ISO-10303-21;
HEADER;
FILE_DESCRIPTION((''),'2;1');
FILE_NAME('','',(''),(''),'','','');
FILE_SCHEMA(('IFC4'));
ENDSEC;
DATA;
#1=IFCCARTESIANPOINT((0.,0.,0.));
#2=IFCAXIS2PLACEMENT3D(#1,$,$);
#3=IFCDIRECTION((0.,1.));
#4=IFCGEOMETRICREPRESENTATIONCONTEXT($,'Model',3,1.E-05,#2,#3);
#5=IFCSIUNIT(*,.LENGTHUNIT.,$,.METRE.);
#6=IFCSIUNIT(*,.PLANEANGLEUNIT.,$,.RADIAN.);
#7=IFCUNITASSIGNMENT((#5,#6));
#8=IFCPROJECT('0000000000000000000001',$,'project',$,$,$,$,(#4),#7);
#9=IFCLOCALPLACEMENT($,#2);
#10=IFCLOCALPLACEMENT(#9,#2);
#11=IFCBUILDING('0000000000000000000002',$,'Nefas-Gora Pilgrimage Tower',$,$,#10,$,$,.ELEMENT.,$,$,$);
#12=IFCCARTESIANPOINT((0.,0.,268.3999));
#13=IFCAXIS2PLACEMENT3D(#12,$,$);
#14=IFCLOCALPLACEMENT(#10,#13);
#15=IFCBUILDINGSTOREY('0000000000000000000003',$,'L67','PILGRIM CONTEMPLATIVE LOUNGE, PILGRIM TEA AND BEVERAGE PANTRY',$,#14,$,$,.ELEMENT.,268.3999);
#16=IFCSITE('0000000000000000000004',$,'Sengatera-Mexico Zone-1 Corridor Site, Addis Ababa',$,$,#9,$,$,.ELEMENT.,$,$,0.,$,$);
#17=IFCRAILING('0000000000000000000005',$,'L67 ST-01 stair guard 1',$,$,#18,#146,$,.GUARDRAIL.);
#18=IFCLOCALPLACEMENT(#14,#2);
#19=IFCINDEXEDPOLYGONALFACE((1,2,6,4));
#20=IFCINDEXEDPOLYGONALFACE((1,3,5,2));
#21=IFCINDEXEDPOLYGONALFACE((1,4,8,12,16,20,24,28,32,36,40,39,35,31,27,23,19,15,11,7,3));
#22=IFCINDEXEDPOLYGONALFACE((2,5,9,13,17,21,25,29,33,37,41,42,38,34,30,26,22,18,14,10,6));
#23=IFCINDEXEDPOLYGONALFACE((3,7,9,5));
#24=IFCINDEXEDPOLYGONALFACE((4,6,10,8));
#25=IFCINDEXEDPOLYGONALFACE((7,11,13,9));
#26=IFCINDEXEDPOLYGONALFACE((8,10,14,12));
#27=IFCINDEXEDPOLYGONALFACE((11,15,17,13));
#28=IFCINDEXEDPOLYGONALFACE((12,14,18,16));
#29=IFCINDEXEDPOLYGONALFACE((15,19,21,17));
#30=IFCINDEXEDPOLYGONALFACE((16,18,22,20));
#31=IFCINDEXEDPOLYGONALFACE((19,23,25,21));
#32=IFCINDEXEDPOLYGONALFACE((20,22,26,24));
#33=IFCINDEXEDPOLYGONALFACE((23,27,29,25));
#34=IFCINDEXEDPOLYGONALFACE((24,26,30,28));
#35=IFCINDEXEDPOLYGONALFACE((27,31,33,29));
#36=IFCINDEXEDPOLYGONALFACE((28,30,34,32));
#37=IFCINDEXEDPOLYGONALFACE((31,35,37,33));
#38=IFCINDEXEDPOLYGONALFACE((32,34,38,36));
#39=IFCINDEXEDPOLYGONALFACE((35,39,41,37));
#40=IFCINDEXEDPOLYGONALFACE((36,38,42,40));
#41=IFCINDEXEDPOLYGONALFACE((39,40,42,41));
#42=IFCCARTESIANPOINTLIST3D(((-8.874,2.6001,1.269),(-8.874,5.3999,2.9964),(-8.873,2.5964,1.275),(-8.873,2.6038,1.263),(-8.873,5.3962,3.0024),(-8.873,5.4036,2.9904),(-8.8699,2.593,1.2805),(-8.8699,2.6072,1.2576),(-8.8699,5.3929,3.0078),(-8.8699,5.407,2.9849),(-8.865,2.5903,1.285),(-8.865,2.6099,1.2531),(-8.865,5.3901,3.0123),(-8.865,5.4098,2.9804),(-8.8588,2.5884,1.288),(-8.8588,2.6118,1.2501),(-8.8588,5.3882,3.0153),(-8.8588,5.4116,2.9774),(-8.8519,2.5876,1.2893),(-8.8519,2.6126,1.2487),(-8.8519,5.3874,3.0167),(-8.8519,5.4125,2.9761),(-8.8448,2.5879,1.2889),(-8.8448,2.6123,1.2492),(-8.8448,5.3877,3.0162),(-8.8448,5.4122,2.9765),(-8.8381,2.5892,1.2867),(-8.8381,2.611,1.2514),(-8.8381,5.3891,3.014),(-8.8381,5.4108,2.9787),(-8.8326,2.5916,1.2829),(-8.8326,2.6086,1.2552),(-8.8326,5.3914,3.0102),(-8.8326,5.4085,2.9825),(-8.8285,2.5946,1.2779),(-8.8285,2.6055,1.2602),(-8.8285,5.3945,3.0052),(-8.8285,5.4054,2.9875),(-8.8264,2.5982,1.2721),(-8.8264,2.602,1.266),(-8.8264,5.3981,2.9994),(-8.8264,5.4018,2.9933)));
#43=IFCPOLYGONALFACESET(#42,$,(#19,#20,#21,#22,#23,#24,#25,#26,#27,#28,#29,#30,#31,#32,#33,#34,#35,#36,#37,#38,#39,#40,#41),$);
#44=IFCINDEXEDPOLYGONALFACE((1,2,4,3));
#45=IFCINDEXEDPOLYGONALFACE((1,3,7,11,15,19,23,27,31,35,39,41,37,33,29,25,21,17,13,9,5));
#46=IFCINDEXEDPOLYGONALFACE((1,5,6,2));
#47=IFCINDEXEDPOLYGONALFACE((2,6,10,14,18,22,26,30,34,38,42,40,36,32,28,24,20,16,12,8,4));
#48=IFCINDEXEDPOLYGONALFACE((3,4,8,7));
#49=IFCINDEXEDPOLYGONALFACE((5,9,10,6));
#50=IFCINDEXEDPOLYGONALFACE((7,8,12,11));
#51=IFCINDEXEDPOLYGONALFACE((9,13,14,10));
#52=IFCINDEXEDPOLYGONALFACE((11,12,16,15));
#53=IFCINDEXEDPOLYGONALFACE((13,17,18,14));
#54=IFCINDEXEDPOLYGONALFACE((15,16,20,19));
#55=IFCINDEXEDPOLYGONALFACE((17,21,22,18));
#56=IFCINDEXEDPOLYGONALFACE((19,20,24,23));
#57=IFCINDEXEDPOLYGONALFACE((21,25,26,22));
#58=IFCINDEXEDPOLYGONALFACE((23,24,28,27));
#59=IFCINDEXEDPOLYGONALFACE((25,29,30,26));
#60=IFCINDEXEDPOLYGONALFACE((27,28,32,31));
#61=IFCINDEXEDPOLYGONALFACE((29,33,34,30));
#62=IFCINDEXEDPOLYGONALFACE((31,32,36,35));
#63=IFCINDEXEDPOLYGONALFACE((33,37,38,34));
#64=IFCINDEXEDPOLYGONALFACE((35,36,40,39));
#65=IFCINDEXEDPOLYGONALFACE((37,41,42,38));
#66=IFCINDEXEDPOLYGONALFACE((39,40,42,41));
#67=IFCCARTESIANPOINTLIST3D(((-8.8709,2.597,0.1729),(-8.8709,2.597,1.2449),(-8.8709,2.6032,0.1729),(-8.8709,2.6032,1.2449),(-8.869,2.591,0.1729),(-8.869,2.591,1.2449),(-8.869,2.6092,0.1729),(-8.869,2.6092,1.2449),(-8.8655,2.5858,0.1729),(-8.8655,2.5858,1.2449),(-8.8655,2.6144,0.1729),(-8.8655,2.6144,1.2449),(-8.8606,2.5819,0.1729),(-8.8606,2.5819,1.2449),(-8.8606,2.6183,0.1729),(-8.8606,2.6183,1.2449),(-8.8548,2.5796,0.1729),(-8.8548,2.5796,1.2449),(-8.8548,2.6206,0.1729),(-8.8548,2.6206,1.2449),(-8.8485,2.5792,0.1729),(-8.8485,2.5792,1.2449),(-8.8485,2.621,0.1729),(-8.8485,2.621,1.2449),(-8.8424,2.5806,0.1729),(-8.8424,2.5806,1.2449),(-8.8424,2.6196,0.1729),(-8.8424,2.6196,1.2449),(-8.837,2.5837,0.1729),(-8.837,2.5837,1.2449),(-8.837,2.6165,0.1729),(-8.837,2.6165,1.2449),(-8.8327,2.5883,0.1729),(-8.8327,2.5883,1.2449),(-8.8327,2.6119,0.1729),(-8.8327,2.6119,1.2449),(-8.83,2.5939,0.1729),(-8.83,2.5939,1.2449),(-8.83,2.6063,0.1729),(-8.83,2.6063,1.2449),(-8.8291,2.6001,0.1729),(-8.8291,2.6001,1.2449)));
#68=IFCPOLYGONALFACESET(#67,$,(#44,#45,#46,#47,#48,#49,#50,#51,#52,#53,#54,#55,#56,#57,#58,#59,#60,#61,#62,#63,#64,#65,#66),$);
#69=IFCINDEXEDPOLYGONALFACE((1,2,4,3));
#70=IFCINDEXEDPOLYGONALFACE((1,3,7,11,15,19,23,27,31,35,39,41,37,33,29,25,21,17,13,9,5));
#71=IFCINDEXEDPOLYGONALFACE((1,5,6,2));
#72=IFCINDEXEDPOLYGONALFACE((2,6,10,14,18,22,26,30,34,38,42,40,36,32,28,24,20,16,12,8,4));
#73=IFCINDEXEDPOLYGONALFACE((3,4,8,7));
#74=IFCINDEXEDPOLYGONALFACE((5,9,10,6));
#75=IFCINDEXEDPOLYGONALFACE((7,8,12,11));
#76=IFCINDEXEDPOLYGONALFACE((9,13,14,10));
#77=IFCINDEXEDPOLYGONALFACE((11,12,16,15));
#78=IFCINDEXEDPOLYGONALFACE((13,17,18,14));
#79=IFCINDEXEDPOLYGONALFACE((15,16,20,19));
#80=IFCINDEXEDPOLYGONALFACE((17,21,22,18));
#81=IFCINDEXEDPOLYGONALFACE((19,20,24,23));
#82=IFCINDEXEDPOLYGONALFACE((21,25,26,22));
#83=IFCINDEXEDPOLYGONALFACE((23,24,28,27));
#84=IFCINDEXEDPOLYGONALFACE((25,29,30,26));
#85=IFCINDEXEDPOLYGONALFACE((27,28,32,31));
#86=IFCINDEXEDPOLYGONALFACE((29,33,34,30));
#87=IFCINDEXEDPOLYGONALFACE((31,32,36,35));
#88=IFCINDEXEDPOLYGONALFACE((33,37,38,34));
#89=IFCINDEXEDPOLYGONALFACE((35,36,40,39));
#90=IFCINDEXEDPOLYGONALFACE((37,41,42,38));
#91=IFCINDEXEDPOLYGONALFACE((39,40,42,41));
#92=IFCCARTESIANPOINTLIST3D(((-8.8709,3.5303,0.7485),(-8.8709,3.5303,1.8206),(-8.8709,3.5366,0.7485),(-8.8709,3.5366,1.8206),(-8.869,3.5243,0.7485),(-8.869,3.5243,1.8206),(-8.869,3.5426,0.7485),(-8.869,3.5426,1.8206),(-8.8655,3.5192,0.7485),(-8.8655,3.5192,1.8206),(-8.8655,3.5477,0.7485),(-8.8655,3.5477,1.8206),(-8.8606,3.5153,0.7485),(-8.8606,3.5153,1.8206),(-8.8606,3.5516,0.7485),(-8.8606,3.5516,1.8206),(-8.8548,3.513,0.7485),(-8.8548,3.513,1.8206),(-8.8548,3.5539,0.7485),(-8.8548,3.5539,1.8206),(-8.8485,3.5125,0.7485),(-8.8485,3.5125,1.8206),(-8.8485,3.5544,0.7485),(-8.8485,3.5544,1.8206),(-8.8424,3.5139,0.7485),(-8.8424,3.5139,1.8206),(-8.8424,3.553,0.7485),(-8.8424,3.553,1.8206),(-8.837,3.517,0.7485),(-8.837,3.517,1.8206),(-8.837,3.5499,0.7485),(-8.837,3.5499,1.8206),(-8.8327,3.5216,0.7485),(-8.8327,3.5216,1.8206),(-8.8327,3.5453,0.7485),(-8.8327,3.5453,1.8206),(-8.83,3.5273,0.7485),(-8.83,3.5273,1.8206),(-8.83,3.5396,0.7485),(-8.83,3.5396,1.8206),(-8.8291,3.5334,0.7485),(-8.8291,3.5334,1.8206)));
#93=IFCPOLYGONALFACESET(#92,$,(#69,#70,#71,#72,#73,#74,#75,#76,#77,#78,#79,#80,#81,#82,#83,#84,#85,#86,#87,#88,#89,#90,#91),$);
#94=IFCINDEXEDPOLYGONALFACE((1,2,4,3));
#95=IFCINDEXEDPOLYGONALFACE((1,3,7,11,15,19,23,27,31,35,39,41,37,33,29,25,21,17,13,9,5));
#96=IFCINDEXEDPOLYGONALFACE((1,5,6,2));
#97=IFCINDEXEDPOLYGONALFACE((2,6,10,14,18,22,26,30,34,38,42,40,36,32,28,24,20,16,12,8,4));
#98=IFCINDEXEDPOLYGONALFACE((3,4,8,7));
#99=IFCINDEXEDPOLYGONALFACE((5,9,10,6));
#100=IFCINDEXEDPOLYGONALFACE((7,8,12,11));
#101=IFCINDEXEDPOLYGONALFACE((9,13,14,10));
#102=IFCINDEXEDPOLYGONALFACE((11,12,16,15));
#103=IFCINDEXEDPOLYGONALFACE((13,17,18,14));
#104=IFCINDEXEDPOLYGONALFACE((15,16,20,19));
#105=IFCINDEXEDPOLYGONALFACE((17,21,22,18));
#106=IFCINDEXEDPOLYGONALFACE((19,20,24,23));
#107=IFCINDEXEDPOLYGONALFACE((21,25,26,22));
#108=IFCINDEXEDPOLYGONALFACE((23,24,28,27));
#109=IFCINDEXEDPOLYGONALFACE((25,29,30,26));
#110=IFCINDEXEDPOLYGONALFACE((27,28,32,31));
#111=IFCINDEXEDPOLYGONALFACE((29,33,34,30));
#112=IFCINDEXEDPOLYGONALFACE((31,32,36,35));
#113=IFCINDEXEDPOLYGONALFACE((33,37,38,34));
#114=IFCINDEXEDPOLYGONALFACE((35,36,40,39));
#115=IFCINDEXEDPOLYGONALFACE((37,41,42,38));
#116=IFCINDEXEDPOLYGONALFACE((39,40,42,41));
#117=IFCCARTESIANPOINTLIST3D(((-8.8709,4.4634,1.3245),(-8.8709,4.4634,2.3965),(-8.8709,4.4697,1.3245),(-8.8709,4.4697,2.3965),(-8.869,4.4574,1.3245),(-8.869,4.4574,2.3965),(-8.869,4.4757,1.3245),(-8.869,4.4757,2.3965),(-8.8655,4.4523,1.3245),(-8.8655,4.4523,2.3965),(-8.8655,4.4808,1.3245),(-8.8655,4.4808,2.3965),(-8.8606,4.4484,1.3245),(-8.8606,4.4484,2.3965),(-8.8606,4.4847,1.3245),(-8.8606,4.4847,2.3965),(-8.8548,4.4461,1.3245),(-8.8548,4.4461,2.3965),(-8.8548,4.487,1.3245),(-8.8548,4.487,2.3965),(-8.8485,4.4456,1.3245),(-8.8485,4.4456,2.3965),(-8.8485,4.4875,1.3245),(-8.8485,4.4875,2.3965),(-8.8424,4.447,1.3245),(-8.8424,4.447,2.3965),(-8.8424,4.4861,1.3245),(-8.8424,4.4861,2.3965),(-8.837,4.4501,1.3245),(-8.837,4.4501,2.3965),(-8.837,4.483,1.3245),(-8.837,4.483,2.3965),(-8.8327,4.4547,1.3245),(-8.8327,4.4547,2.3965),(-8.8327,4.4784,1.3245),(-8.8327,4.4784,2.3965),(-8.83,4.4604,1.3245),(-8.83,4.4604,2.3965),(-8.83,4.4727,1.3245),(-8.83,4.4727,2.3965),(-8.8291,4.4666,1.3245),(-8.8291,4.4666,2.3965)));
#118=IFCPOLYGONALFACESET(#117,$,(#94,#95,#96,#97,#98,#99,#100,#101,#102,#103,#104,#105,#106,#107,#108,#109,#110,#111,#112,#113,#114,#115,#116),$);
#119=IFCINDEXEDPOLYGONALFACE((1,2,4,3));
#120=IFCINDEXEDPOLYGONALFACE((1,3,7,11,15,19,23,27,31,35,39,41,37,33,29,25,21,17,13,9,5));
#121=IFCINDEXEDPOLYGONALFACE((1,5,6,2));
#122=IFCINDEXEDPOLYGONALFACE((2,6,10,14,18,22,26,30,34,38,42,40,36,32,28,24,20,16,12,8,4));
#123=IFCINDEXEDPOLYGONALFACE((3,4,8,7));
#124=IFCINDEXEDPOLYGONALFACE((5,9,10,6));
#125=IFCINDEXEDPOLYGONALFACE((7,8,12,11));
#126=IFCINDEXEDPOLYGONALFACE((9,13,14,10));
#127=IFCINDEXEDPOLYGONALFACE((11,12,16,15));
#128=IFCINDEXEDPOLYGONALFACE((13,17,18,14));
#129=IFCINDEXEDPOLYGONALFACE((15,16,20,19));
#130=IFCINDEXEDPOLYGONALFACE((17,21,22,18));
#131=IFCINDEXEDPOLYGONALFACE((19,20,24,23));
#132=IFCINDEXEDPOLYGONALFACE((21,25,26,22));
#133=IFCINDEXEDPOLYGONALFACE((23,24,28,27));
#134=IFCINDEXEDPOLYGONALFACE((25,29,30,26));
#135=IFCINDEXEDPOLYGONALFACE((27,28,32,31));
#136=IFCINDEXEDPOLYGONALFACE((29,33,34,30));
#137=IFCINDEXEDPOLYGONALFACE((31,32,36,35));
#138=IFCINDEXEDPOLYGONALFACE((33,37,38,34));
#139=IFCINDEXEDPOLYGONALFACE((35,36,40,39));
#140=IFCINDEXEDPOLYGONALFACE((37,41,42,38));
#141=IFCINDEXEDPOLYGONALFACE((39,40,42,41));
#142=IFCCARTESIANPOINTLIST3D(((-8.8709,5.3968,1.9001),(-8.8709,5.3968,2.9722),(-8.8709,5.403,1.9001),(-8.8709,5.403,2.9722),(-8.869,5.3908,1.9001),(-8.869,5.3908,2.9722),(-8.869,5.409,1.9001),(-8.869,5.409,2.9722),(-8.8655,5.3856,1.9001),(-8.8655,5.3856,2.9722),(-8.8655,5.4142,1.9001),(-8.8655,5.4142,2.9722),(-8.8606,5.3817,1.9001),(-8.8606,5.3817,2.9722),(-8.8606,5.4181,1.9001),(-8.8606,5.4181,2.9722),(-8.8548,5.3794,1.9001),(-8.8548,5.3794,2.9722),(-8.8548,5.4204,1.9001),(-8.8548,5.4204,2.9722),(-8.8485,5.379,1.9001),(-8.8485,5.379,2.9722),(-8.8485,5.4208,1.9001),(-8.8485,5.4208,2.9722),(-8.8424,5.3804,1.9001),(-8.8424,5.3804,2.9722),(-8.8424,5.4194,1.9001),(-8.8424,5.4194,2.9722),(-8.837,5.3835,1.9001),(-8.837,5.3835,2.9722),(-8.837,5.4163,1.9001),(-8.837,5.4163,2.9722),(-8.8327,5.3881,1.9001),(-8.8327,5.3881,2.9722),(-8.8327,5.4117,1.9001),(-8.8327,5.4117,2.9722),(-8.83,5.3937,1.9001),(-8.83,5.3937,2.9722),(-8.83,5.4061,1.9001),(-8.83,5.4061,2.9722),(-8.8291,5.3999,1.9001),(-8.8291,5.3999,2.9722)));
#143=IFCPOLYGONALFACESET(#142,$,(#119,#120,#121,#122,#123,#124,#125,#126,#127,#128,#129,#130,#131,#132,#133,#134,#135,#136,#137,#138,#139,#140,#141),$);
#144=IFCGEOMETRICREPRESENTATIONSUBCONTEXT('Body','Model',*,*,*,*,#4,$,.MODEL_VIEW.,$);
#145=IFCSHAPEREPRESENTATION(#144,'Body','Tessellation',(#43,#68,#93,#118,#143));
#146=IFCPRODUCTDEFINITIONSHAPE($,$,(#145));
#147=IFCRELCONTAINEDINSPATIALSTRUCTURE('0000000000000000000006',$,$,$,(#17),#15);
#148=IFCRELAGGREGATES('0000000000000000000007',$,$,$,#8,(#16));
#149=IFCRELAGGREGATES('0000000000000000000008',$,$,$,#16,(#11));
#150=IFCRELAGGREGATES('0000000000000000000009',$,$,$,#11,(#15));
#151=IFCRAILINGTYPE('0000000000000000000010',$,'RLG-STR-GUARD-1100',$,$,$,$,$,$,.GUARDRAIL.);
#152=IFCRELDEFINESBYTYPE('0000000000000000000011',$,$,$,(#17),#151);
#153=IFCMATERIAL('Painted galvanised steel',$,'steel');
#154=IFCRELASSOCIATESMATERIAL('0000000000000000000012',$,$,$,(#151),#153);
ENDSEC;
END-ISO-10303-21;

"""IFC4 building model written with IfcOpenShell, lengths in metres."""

from ifc_helpers import new_model, si_unit, direction, frame, origin, origin_2d, place, context, subcontext, project, spatial, circle, extrude, material, type_object, element, save


model = new_model("IFC4")

# Units and contexts
model_context = context("Model", 3, precision=1e-05, world=origin(), true_north=direction((0.0, 1.0)))
body_context = subcontext(model_context, "Body", "Model", "MODEL_VIEW")
ifc_project = project(units=[si_unit("LENGTHUNIT", "METRE"), si_unit("PLANEANGLEUNIT", "RADIAN")], contexts=[model_context])

# Site, building, storey
site_placement = place(None, origin())
site = spatial("IfcSite", under=ifc_project, at=site_placement, Name="Sengatera-Mexico Zone-1 Corridor Site, Addis Ababa", CompositionType="ELEMENT", RefElevation=0.0)
building_placement = place(site_placement, origin())
building = spatial("IfcBuilding", under=site, at=building_placement, Name="Nefas-Gora Pilgrimage Tower", CompositionType="ELEMENT")
storey_placement = place(building_placement, frame((0.0, 0.0, 268.3999)))
storey = spatial("IfcBuildingStorey", under=building, at=storey_placement, Name="L67", Description="PILGRIM CONTEMPLATIVE LOUNGE, PILGRIM TEA AND BEVERAGE PANTRY", CompositionType="ELEMENT", Elevation=268.3999)

# Railing
ifc_material_1 = material(Name="Painted galvanised steel", Category="steel")
railing_type_1 = type_object("IfcRailingType", Name="RLG-STR-GUARD-1100", PredefinedType="GUARDRAIL", material=ifc_material_1)
railing_1_placement = place(storey_placement, frame((-8.8501, 2.6001, 0.1729)))
element("IfcRailing", 1, at=railing_1_placement, inside=storey, type_object=railing_type_1, Name="L67 ST-01 stair guard 1", PredefinedType="GUARDRAIL", context=body_context, shape_type="SweptSolid", body=[
    extrude(circle(Radius=0.0239, at=origin_2d()), frame((0.0, 0.0, 1.0962), z_axis=(0.0, 0.851069, 0.525054), x_axis=(-1.0, 0.0, 0.0)), (0.0, 0.0, 1.0), 3.2898),
    extrude(circle(Radius=0.021, at=origin_2d()), origin(), (0.0, 0.0, 1.0), 1.072),
    extrude(circle(Radius=0.021, at=origin_2d()), frame((0.0, 0.9333, 0.5757)), (0.0, 0.0, 1.0), 1.072),
    extrude(circle(Radius=0.021, at=origin_2d()), frame((0.0, 1.8665, 1.1516)), (0.0, 0.0, 1.0), 1.072),
    extrude(circle(Radius=0.021, at=origin_2d()), frame((0.0, 2.7998, 1.7273)), (0.0, 0.0, 1.0), 1.072),
])

save(model, "model.ifc")
